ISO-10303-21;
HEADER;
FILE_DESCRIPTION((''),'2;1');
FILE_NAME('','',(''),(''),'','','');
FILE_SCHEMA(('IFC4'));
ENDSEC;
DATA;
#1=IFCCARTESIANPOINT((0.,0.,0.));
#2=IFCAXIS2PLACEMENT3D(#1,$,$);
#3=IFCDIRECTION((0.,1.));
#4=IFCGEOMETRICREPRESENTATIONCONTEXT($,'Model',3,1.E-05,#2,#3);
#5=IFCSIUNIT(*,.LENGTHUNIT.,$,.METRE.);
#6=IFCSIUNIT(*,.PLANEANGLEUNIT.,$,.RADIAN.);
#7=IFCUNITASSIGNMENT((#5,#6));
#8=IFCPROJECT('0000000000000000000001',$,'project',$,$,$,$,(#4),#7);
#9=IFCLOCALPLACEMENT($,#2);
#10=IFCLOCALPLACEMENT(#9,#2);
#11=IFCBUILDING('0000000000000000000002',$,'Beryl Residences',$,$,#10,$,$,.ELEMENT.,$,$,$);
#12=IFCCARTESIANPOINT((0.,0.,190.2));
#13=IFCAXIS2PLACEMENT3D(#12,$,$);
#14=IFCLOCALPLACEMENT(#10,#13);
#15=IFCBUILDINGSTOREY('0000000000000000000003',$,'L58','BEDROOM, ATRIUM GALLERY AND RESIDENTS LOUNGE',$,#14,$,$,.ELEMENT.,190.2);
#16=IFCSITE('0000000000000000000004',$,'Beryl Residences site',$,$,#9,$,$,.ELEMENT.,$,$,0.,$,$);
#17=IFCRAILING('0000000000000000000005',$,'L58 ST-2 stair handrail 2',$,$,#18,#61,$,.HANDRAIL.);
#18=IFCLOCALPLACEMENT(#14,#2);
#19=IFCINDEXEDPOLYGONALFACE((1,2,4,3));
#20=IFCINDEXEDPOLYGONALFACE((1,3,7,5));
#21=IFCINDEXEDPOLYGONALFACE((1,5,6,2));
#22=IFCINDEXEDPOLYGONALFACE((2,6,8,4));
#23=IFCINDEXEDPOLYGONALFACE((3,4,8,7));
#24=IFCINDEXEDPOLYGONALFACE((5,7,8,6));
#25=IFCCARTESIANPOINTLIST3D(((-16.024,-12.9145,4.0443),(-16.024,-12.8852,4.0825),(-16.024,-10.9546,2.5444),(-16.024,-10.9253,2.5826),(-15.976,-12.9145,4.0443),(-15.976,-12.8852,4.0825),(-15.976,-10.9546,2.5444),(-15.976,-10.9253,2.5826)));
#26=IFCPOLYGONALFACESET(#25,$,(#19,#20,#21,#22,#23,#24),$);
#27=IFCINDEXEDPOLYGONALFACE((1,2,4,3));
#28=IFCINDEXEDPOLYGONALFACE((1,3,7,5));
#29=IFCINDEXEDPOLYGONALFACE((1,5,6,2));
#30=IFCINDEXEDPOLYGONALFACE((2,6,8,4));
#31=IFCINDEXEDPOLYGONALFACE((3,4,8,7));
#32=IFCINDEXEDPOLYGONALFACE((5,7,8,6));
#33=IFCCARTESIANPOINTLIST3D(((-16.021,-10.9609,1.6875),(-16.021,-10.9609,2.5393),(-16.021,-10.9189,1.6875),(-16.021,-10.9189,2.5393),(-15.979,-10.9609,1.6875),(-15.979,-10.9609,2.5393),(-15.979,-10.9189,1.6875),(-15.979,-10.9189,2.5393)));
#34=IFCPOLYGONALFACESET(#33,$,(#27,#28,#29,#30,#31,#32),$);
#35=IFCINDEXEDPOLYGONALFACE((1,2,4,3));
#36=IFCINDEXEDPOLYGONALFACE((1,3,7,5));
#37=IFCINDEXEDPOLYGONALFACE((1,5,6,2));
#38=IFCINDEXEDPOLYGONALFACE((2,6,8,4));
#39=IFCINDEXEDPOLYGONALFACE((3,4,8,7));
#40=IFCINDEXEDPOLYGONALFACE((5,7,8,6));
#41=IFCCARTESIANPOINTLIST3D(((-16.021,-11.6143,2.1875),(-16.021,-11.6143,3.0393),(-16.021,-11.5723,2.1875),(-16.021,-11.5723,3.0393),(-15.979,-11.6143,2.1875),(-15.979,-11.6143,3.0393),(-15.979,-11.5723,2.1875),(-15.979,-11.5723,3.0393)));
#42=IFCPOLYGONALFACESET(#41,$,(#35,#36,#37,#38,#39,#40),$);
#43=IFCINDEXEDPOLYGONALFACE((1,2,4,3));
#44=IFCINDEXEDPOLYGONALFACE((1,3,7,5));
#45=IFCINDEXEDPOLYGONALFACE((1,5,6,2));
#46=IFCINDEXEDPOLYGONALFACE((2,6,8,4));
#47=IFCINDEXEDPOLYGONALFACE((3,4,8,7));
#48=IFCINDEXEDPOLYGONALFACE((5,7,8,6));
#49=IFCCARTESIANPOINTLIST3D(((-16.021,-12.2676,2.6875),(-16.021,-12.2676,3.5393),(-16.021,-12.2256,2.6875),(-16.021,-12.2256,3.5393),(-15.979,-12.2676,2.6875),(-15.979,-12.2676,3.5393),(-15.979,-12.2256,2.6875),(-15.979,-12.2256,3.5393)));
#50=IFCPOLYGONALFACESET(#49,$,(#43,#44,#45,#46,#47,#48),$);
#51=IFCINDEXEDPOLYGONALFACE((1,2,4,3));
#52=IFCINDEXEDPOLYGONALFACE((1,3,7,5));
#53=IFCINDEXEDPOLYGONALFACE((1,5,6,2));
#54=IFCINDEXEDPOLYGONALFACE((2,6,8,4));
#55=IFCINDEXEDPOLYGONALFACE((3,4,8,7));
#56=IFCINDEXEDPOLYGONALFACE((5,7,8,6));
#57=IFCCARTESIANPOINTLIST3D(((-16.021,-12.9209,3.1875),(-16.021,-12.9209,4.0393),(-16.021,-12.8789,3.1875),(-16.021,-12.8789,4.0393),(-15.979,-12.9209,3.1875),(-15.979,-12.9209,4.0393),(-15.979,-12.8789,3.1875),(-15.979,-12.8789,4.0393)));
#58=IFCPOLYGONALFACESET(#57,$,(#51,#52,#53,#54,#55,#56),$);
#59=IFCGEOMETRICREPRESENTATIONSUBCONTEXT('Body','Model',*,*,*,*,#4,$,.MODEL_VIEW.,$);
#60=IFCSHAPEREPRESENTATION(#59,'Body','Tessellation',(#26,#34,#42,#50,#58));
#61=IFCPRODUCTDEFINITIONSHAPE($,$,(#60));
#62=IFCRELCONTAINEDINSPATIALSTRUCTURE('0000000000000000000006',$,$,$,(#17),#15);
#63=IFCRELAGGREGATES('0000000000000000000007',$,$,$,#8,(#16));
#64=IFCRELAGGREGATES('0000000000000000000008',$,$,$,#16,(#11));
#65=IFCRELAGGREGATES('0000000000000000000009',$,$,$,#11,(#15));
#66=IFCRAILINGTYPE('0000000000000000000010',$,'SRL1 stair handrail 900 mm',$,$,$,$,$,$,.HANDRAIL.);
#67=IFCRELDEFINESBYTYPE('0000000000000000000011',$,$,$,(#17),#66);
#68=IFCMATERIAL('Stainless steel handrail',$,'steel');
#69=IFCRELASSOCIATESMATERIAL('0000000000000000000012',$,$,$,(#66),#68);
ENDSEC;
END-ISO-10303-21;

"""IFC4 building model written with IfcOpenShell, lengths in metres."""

from ifc_helpers import new_model, si_unit, direction, frame, origin, origin_2d, place, context, subcontext, project, spatial, rectangle, extrude, material, type_object, element, save


model = new_model("IFC4")

# Units and contexts
model_context = context("Model", 3, precision=1e-05, world=origin(), true_north=direction((0.0, 1.0)))
body_context = subcontext(model_context, "Body", "Model", "MODEL_VIEW")
ifc_project = project(units=[si_unit("LENGTHUNIT", "METRE"), si_unit("PLANEANGLEUNIT", "RADIAN")], contexts=[model_context])

# Site, building, storey
site_placement = place(None, origin())
site = spatial("IfcSite", under=ifc_project, at=site_placement, Name="Beryl Residences site", CompositionType="ELEMENT", RefElevation=0.0)
building_placement = place(site_placement, origin())
building = spatial("IfcBuilding", under=site, at=building_placement, Name="Beryl Residences", CompositionType="ELEMENT")
storey_placement = place(building_placement, frame((0.0, 0.0, 190.2)))
storey = spatial("IfcBuildingStorey", under=building, at=storey_placement, Name="L58", Description="BEDROOM, ATRIUM GALLERY AND RESIDENTS LOUNGE", CompositionType="ELEMENT", Elevation=190.2)

# Railing
ifc_material_1 = material(Name="Stainless steel handrail", Category="steel")
railing_type_1 = type_object("IfcRailingType", Name="SRL1 stair handrail 900 mm", PredefinedType="HANDRAIL", material=ifc_material_1)
railing_1_placement = place(storey_placement, frame((-16.0, -10.9399, 1.6875)))
element("IfcRailing", 1, at=railing_1_placement, inside=storey, type_object=railing_type_1, Name="L58 ST-2 stair handrail 2", PredefinedType="HANDRAIL", context=body_context, shape_type="SweptSolid", body=[
    extrude(rectangle(XDim=0.0481, YDim=0.0481, at=origin_2d()), frame((0.0, 0.0, 0.876), z_axis=(0.0, -0.794122, 0.607758), x_axis=(1.0, 0.0, 0.0)), (0.0, 0.0, 1.0), 2.468),
    extrude(rectangle(XDim=0.042, YDim=0.042, at=origin_2d()), origin(), (0.0, 0.0, 1.0), 0.8518),
    extrude(rectangle(XDim=0.042, YDim=0.042, at=origin_2d()), frame((0.0, -0.6533, 0.5)), (0.0, 0.0, 1.0), 0.8518),
    extrude(rectangle(XDim=0.042, YDim=0.042, at=origin_2d()), frame((0.0, -1.3066, 1.0)), (0.0, 0.0, 1.0), 0.8518),
    extrude(rectangle(XDim=0.042, YDim=0.042, at=origin_2d()), frame((0.0, -1.96, 1.5)), (0.0, 0.0, 1.0), 0.8518),
])

save(model, "model.ifc")
